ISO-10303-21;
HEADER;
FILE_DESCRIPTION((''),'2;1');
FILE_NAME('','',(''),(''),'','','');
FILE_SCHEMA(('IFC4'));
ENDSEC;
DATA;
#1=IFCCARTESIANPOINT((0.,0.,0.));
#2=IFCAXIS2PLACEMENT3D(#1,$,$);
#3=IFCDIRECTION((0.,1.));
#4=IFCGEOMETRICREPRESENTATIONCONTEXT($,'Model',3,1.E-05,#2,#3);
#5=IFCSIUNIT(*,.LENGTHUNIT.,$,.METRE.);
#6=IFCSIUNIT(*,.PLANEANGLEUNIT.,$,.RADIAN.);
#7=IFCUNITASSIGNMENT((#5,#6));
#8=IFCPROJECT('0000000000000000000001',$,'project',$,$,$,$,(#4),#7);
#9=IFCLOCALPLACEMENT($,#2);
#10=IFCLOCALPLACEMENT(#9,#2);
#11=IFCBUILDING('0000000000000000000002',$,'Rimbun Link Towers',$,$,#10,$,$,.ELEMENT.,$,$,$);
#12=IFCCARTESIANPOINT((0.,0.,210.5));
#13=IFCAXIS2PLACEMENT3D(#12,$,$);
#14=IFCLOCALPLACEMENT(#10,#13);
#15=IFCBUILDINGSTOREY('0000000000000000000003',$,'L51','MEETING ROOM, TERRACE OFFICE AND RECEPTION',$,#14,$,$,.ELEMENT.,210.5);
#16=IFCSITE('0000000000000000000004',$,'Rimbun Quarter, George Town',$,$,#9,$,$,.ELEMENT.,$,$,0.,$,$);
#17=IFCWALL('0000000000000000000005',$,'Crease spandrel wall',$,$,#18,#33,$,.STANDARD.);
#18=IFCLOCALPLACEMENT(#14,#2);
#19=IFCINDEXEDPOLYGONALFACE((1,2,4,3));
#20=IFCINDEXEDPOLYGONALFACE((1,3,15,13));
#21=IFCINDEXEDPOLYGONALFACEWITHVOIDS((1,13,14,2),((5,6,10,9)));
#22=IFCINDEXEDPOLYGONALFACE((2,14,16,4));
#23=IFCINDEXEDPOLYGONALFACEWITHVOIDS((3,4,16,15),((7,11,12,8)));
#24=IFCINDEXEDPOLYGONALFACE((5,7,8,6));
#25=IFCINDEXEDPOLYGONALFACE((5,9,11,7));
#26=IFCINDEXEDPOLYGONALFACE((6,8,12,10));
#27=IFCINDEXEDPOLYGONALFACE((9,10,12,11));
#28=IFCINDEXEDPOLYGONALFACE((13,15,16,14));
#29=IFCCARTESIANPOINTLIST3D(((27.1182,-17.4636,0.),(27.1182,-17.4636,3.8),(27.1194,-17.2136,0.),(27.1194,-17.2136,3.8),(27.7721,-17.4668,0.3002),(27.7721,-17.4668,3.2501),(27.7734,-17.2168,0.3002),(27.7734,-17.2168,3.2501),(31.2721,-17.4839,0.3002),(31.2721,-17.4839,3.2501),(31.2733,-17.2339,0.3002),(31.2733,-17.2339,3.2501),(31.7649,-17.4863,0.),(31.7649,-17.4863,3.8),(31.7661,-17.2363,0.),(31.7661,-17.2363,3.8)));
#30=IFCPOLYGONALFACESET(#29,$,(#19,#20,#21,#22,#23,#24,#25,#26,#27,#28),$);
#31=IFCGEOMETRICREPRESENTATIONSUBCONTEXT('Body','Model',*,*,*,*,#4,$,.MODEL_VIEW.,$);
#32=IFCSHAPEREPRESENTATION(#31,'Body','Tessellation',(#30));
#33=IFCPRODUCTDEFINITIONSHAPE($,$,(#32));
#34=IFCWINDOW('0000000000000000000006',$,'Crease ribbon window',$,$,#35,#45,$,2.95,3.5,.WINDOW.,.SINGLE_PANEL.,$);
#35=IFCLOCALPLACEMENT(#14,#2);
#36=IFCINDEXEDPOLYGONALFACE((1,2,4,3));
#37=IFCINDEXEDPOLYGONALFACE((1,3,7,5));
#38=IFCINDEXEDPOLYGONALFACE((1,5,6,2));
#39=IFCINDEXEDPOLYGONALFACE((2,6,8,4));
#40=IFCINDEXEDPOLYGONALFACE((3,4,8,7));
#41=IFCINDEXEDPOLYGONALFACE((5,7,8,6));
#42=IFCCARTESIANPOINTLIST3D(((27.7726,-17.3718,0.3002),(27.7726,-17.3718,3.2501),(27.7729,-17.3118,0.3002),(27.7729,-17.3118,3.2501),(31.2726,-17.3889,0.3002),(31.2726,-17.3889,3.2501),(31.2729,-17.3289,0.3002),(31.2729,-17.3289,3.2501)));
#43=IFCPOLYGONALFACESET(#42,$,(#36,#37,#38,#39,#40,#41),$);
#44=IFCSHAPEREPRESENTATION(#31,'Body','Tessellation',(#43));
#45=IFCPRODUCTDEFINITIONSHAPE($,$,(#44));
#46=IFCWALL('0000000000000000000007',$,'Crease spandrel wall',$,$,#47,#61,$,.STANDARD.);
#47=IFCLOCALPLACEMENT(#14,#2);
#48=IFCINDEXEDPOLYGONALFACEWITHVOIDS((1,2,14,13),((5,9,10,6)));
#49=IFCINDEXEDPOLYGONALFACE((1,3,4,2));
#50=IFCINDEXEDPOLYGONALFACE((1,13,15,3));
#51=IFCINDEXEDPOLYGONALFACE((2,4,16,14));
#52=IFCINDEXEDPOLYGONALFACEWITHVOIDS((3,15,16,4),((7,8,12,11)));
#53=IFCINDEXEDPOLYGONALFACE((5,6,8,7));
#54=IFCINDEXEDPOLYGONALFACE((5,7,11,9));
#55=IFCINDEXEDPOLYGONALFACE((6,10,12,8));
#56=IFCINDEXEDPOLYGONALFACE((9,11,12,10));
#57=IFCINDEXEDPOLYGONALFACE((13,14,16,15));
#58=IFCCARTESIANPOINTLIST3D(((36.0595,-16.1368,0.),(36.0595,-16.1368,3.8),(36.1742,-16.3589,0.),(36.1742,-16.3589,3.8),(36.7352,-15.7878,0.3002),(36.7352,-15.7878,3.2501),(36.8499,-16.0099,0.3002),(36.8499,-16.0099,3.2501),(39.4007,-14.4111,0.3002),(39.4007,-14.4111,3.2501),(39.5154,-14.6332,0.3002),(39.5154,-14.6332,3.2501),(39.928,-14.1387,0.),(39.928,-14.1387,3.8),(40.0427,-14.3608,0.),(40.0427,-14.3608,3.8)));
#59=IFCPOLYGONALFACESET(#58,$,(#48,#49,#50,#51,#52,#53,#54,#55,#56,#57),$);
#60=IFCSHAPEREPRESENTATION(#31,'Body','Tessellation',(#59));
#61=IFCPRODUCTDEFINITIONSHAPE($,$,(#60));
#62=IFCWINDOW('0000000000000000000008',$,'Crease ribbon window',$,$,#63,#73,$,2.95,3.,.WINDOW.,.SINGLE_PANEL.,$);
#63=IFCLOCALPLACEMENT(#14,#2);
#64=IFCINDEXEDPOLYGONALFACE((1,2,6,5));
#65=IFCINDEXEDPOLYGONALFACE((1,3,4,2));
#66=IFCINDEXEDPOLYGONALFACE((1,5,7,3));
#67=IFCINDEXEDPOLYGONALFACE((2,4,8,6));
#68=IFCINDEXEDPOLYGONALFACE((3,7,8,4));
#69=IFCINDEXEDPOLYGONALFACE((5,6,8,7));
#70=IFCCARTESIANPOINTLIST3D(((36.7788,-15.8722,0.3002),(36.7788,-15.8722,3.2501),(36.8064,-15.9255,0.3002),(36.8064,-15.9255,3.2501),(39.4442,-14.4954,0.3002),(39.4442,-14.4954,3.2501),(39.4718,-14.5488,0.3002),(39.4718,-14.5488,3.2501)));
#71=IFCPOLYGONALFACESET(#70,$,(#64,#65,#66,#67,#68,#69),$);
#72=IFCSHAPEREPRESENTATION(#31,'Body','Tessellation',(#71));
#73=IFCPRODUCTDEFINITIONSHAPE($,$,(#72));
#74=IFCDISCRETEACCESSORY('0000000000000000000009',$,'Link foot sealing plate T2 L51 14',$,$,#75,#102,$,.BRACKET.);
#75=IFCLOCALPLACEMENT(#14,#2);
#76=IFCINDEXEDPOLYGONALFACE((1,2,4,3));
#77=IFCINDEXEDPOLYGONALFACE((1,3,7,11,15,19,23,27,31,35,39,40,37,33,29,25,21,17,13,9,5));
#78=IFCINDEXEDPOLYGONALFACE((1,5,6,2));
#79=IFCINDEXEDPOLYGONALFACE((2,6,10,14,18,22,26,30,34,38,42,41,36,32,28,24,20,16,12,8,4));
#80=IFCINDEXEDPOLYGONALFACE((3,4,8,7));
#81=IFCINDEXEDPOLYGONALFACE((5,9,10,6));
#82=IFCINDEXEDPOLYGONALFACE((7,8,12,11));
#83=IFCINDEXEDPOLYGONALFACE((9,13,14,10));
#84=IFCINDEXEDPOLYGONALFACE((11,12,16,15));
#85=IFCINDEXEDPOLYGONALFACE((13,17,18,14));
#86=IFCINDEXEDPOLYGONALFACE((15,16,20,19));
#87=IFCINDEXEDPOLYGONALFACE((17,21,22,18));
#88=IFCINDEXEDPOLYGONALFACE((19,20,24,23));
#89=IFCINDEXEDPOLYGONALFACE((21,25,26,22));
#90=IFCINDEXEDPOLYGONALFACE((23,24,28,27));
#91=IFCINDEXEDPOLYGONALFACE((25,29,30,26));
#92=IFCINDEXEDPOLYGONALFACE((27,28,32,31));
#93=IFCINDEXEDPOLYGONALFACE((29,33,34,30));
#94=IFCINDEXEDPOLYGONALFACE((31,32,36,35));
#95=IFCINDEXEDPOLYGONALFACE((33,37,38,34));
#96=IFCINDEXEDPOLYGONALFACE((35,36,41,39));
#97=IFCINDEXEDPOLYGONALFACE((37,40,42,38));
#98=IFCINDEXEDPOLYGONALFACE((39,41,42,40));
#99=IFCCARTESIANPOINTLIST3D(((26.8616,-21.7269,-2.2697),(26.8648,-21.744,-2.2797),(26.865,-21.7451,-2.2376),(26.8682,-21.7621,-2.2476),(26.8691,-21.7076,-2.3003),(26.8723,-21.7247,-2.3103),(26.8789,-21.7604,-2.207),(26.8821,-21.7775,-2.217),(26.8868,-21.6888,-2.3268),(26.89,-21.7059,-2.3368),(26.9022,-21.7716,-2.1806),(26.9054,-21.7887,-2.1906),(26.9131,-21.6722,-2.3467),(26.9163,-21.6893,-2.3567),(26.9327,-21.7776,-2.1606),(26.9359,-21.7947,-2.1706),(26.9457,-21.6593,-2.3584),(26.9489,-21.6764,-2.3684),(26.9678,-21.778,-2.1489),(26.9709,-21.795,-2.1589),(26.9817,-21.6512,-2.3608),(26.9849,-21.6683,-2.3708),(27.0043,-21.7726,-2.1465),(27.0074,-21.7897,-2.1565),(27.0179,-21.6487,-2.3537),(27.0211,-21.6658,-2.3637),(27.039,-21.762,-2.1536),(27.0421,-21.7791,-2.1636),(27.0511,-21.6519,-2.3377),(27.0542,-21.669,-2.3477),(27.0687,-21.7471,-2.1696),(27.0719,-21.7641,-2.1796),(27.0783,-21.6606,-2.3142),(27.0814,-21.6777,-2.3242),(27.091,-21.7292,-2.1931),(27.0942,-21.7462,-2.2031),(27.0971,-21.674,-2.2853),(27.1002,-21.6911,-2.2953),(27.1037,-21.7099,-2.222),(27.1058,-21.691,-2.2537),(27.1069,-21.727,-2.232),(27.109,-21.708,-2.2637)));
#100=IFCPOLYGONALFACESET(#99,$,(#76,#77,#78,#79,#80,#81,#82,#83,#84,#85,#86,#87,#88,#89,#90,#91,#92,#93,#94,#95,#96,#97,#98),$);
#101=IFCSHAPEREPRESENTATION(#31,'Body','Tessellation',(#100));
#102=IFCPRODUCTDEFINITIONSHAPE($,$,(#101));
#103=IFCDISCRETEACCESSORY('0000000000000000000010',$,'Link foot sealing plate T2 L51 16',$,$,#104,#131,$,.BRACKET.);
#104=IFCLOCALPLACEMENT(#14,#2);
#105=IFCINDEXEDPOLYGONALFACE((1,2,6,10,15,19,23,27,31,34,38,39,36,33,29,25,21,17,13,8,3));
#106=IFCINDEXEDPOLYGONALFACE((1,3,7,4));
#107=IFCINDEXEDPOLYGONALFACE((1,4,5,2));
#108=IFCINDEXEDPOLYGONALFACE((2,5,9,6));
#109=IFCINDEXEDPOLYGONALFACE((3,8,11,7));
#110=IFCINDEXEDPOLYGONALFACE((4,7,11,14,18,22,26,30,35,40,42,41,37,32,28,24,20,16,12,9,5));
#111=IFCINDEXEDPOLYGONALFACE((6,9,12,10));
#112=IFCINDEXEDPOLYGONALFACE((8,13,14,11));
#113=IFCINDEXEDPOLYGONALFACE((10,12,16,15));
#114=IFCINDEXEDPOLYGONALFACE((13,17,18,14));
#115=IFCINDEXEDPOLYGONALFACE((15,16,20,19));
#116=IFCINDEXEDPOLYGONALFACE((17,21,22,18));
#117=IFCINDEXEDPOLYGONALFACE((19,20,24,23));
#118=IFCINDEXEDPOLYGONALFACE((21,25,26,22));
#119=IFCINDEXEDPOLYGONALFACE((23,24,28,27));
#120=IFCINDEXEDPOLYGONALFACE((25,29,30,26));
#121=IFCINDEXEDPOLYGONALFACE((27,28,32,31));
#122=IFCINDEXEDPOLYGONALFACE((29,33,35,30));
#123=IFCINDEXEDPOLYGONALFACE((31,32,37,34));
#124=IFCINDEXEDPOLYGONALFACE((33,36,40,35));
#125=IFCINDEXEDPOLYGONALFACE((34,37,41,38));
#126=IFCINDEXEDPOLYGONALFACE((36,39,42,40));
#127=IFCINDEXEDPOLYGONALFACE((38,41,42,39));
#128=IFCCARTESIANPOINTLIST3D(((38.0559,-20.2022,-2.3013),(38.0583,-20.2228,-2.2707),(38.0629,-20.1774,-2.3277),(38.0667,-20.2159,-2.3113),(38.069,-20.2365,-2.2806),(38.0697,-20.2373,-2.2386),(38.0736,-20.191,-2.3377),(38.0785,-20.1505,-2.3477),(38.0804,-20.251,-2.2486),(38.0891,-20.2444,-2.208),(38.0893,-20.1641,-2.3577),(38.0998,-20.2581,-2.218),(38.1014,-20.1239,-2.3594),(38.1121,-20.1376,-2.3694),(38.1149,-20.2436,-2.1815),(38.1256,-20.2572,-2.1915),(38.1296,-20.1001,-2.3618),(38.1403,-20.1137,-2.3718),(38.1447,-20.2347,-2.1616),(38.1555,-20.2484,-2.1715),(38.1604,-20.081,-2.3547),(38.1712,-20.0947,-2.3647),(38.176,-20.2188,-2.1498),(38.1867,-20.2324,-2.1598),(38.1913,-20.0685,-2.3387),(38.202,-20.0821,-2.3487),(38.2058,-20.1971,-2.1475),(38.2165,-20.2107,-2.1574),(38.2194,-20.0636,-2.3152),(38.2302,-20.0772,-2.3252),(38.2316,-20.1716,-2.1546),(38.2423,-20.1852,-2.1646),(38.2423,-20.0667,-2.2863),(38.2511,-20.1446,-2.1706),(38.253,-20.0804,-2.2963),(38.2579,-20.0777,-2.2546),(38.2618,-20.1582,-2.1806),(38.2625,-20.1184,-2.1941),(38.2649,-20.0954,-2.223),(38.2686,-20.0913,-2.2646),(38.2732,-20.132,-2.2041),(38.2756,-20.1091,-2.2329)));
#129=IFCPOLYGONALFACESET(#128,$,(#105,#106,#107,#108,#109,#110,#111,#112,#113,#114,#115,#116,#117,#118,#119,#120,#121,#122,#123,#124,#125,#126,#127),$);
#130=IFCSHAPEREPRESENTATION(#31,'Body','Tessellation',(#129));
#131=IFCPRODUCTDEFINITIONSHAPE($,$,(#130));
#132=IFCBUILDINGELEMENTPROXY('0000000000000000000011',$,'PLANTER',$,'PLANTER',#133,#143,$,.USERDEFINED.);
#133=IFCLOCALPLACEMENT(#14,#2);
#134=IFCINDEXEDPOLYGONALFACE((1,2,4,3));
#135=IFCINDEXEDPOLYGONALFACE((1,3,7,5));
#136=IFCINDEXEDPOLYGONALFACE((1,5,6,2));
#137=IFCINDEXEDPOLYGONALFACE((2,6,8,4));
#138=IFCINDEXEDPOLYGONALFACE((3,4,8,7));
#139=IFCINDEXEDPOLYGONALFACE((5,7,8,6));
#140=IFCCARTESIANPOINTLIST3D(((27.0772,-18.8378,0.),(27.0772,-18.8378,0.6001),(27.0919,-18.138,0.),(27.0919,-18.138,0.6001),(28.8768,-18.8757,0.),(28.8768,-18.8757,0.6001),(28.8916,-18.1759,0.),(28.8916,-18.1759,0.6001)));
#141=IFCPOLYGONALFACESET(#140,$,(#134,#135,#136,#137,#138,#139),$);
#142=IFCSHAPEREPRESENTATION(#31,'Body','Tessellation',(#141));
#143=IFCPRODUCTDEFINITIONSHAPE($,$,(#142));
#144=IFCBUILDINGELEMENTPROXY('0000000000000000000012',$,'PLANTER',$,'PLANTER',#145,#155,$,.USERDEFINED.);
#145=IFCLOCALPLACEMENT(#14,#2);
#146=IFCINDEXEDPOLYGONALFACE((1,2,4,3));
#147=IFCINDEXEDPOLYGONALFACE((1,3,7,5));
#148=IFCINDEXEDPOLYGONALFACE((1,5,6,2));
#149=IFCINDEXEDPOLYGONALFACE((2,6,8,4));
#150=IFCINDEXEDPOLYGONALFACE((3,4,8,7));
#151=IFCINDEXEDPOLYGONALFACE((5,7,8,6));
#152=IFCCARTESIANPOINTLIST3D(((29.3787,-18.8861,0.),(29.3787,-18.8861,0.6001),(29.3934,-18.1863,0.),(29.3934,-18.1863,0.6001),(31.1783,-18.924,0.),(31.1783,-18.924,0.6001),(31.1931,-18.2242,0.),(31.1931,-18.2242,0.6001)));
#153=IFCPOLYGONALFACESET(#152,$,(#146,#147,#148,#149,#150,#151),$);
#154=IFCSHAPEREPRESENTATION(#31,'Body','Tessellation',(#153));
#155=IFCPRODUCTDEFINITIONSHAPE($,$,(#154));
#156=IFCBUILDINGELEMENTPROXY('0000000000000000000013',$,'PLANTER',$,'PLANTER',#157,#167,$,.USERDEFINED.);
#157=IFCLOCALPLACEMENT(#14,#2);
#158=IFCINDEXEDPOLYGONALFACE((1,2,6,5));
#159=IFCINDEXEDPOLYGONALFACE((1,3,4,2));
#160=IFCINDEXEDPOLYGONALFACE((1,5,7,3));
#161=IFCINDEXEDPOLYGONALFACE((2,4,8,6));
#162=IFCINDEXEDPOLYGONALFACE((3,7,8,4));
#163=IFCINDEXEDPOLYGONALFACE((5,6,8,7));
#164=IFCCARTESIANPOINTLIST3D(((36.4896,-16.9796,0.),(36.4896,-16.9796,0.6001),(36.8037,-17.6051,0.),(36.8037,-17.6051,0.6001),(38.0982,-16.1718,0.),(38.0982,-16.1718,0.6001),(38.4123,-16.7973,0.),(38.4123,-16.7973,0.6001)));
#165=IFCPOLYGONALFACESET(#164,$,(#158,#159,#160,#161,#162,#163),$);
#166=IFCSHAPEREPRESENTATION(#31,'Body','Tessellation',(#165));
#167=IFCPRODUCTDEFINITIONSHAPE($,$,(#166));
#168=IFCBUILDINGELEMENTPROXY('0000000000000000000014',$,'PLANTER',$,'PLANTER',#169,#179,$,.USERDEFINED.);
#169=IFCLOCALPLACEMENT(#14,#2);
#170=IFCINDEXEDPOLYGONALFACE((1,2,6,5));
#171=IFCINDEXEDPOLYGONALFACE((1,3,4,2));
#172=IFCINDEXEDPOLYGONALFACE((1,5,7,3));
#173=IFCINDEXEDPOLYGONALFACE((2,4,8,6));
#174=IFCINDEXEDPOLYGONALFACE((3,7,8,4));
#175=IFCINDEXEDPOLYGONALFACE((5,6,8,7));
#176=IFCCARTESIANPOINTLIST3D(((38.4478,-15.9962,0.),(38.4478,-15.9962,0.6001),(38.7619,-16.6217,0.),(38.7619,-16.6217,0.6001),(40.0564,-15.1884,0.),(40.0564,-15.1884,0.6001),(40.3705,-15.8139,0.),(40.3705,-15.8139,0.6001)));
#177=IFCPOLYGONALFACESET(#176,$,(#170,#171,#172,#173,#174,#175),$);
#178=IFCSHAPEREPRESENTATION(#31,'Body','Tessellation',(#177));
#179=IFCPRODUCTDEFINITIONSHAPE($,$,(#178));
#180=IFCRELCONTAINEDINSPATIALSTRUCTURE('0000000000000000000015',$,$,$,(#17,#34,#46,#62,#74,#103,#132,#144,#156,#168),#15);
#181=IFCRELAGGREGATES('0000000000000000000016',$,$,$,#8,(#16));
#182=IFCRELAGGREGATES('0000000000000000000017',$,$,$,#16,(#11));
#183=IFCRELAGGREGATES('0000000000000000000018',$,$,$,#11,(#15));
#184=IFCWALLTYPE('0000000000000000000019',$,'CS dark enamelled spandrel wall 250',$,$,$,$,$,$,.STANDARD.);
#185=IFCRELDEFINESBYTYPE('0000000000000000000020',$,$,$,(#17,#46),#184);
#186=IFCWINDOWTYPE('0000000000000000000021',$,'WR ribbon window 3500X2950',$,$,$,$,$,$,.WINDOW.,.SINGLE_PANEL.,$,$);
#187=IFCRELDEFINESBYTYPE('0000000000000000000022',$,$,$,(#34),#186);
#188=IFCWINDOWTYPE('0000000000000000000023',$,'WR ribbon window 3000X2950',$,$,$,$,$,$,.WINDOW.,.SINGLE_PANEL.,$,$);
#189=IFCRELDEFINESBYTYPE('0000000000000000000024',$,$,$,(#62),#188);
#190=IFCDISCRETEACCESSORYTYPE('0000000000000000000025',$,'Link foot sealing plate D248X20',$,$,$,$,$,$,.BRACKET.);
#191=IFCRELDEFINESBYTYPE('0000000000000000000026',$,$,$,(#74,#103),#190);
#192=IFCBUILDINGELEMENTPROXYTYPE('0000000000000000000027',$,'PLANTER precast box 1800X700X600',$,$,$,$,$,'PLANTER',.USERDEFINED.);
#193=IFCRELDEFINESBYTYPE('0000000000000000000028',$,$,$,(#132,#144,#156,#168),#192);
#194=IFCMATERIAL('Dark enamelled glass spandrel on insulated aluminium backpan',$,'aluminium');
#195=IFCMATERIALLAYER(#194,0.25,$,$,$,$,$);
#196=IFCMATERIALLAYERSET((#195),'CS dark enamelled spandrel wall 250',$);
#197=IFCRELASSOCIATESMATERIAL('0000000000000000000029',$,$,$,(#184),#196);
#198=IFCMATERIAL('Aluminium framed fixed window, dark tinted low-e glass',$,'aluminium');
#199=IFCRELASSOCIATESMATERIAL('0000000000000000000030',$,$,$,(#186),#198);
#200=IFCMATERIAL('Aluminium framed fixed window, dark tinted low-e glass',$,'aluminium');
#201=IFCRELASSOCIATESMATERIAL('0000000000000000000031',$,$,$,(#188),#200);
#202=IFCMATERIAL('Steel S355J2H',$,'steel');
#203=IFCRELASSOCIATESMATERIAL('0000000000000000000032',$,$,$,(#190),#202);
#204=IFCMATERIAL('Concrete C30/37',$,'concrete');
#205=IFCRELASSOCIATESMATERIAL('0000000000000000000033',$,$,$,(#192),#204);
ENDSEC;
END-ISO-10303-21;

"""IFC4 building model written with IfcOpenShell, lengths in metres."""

from ifc_helpers import new_model, si_unit, direction, frame, frame_2d, origin, origin_2d, place, context, subcontext, project, spatial, rectangle, circle, extrude, material, layer, layer_set, material_profile, profile_set, type_object, element, fill, save


model = new_model("IFC4")

# Units and contexts
model_context = context("Model", 3, precision=1e-05, world=origin(), true_north=direction((0.0, 1.0)))
body_context = subcontext(model_context, "Body", "Model", "MODEL_VIEW")
ifc_project = project(units=[si_unit("LENGTHUNIT", "METRE"), si_unit("PLANEANGLEUNIT", "RADIAN")], contexts=[model_context])

# Site, building, storey
site_placement = place(None, origin())
site = spatial("IfcSite", under=ifc_project, at=site_placement, Name="Rimbun Quarter, George Town", CompositionType="ELEMENT", RefElevation=0.0)
building_placement = place(site_placement, origin())
building = spatial("IfcBuilding", under=site, at=building_placement, Name="Rimbun Link Towers", CompositionType="ELEMENT")
storey_placement = place(building_placement, frame((0.0, 0.0, 210.5)))
storey = spatial("IfcBuildingStorey", under=building, at=storey_placement, Name="L51", Description="MEETING ROOM, TERRACE OFFICE AND RECEPTION", CompositionType="ELEMENT", Elevation=210.5)

# Wall, opening, window
ifc_material_1 = material(Name="Dark enamelled glass spandrel on insulated aluminium backpan", Category="aluminium")
ifc_layer = layer(ifc_material_1, 0.25)
ifc_layer_set = layer_set([ifc_layer], Name="CS dark enamelled spandrel wall 250")
wall_type = type_object("IfcWallType", Name="CS dark enamelled spandrel wall 250", PredefinedType="STANDARD", material=ifc_layer_set)
ifc_material_2 = material(Name="Aluminium framed fixed window, dark tinted low-e glass", Category="aluminium")
window_type_1 = type_object("IfcWindowType", Name="WR ribbon window 3500X2950", PartitioningType="SINGLE_PANEL", PredefinedType="WINDOW", material=ifc_material_2)
wall_1_placement = place(storey_placement, frame((31.7654, -17.3613, 0.0), z_axis=(0.0, 0.0, 1.0), x_axis=(-0.999988, 0.004886, 0.0)))
wall_1 = element("IfcWall", 1, at=wall_1_placement, inside=storey, type_object=wall_type, Name="Crease spandrel wall", PredefinedType="STANDARD", context=body_context, shape_type="SweptSolid", body=[
    extrude(rectangle(XDim=4.6467, YDim=0.25, at=frame_2d((2.3232, 0.0))), origin(), (0.0, 0.0, 1.0), 3.8),
])
opening_1_placement = place(wall_1_placement, frame((0.4927, 0.0, 0.3)))
opening_1 = element("IfcOpeningElement", 2, at=opening_1_placement, cuts=wall_1, PredefinedType="OPENING", context=body_context, shape_type="SweptSolid", body=[
    extrude(rectangle(XDim=3.5, YDim=2.95, at=frame_2d((1.75, 1.4751))), frame((0.0, 0.135, 0.0), z_axis=(0.0, -1.0, 0.0), x_axis=(1.0, 0.0, 0.0)), (0.0, 0.0, 1.0), 0.27),
])
window_1_placement = place(opening_1_placement, origin())
window_1 = element("IfcWindow", 3, at=window_1_placement, inside=storey, type_object=window_type_1, Name="Crease ribbon window", OverallHeight=2.95, OverallWidth=3.5, PartitioningType="SINGLE_PANEL", PredefinedType="WINDOW", context=body_context, shape_type="SweptSolid", body=[
    extrude(rectangle(XDim=3.5, YDim=2.95, at=frame_2d((1.75, 1.4751))), frame((0.0, 0.03, 0.0), z_axis=(0.0, -1.0, 0.0), x_axis=(1.0, 0.0, 0.0)), (0.0, 0.0, 1.0), 0.0601),
])
fill(opening_1, window_1)

# Wall, opening, window
wall_2_placement = place(storey_placement, frame((39.9854, -14.2498, 0.0), z_axis=(0.0, 0.0, 1.0), x_axis=(-0.888485, -0.458906, 0.0)))
wall_2 = element("IfcWall", 4, at=wall_2_placement, inside=storey, type_object=wall_type, Name="Crease spandrel wall", PredefinedType="STANDARD", context=body_context, shape_type="SweptSolid", body=[
    extrude(rectangle(XDim=4.354, YDim=0.25, at=frame_2d((2.177, 0.0))), origin(), (0.0, 0.0, 1.0), 3.8),
])
opening_2_placement = place(wall_2_placement, frame((0.5935, 0.0, 0.3)))
opening_2 = element("IfcOpeningElement", 5, at=opening_2_placement, cuts=wall_2, PredefinedType="OPENING", context=body_context, shape_type="SweptSolid", body=[
    extrude(rectangle(XDim=3.0, YDim=2.95, at=frame_2d((1.5, 1.4751))), frame((0.0, 0.135, 0.0), z_axis=(0.0, -1.0, 0.0), x_axis=(1.0, 0.0, 0.0)), (0.0, 0.0, 1.0), 0.27),
])
ifc_material_3 = material(Name="Aluminium framed fixed window, dark tinted low-e glass", Category="aluminium")
window_type_2 = type_object("IfcWindowType", Name="WR ribbon window 3000X2950", PartitioningType="SINGLE_PANEL", PredefinedType="WINDOW", material=ifc_material_3)
window_2_placement = place(opening_2_placement, origin())
window_2 = element("IfcWindow", 6, at=window_2_placement, inside=storey, type_object=window_type_2, Name="Crease ribbon window", OverallHeight=2.95, OverallWidth=3.0, PartitioningType="SINGLE_PANEL", PredefinedType="WINDOW", context=body_context, shape_type="SweptSolid", body=[
    extrude(rectangle(XDim=3.0, YDim=2.95, at=frame_2d((1.5, 1.4751))), frame((0.0, 0.03, 0.0), z_axis=(0.0, -1.0, 0.0), x_axis=(1.0, 0.0, 0.0)), (0.0, 0.0, 1.0), 0.0601),
])
fill(opening_2, window_2)

# Discrete accessories
ifc_material_4 = material(Name="Steel S355J2H", Category="steel")
ifc_material_profile_1 = material_profile(ifc_material_4, circle(Radius=0.124, at=origin_2d()), Name="PL D248")
ifc_profile_set_1 = profile_set([ifc_material_profile_1], Name="Steel S355J2H")
discrete_accessory_type = type_object("IfcDiscreteAccessoryType", Name="Link foot sealing plate D248X20", PredefinedType="BRACKET", material=ifc_profile_set_1)
for number, where, z_axis, x_axis, name in (
    (7, (26.9839, -21.7136, -2.2537), (0.158231, -0.852013, -0.499036), (0.983189, 0.182592, 0.0), "Link foot sealing plate T2 L51 14"),
    (8, (38.1604, -20.1543, -2.2546), (0.535432, -0.681459, -0.498925), (0.786318, 0.617822, 0.0), "Link foot sealing plate T2 L51 16"),
):
    element("IfcDiscreteAccessory", number, at=place(storey_placement, frame(where, z_axis=z_axis, x_axis=x_axis)), inside=storey, type_object=discrete_accessory_type, Name=name, PredefinedType="BRACKET", context=body_context, shape_type="SweptSolid", body=[
        extrude(circle(Radius=0.124, at=origin_2d()), origin(), (0.0, 0.0, 1.0), 0.02),
    ])

# Building element proxies
ifc_material_5 = material(Name="Concrete C30/37", Category="concrete")
building_element_proxy_type = type_object("IfcBuildingElementProxyType", Name="PLANTER precast box 1800X700X600", ElementType="PLANTER", PredefinedType="USERDEFINED", material=ifc_material_5)
for number, where, z_axis, x_axis, name in (
    (9, (27.9844, -18.5068, 0.0), (0.0, 0.0, 1.0), (0.999778, -0.021054, 0.0), "PLANTER"),
    (10, (30.2859, -18.5552, 0.0), (0.0, 0.0, 1.0), (0.999778, -0.021054, 0.0), "PLANTER"),
    (11, (37.4509, -16.8884, 0.0), (0.0, 0.0, 1.0), (0.89365, 0.448764, 0.0), "PLANTER"),
    (12, (39.4092, -15.905, 0.0), (0.0, 0.0, 1.0), (0.89365, 0.448764, 0.0), "PLANTER"),
):
    element("IfcBuildingElementProxy", number, at=place(storey_placement, frame(where, z_axis=z_axis, x_axis=x_axis)), inside=storey, type_object=building_element_proxy_type, Name=name, ObjectType="PLANTER", PredefinedType="USERDEFINED", context=body_context, shape_type="SweptSolid", body=[
        extrude(rectangle(XDim=1.8, YDim=0.7, at=origin_2d()), origin(), (0.0, 0.0, 1.0), 0.6001),
    ])

save(model, "model.ifc")
